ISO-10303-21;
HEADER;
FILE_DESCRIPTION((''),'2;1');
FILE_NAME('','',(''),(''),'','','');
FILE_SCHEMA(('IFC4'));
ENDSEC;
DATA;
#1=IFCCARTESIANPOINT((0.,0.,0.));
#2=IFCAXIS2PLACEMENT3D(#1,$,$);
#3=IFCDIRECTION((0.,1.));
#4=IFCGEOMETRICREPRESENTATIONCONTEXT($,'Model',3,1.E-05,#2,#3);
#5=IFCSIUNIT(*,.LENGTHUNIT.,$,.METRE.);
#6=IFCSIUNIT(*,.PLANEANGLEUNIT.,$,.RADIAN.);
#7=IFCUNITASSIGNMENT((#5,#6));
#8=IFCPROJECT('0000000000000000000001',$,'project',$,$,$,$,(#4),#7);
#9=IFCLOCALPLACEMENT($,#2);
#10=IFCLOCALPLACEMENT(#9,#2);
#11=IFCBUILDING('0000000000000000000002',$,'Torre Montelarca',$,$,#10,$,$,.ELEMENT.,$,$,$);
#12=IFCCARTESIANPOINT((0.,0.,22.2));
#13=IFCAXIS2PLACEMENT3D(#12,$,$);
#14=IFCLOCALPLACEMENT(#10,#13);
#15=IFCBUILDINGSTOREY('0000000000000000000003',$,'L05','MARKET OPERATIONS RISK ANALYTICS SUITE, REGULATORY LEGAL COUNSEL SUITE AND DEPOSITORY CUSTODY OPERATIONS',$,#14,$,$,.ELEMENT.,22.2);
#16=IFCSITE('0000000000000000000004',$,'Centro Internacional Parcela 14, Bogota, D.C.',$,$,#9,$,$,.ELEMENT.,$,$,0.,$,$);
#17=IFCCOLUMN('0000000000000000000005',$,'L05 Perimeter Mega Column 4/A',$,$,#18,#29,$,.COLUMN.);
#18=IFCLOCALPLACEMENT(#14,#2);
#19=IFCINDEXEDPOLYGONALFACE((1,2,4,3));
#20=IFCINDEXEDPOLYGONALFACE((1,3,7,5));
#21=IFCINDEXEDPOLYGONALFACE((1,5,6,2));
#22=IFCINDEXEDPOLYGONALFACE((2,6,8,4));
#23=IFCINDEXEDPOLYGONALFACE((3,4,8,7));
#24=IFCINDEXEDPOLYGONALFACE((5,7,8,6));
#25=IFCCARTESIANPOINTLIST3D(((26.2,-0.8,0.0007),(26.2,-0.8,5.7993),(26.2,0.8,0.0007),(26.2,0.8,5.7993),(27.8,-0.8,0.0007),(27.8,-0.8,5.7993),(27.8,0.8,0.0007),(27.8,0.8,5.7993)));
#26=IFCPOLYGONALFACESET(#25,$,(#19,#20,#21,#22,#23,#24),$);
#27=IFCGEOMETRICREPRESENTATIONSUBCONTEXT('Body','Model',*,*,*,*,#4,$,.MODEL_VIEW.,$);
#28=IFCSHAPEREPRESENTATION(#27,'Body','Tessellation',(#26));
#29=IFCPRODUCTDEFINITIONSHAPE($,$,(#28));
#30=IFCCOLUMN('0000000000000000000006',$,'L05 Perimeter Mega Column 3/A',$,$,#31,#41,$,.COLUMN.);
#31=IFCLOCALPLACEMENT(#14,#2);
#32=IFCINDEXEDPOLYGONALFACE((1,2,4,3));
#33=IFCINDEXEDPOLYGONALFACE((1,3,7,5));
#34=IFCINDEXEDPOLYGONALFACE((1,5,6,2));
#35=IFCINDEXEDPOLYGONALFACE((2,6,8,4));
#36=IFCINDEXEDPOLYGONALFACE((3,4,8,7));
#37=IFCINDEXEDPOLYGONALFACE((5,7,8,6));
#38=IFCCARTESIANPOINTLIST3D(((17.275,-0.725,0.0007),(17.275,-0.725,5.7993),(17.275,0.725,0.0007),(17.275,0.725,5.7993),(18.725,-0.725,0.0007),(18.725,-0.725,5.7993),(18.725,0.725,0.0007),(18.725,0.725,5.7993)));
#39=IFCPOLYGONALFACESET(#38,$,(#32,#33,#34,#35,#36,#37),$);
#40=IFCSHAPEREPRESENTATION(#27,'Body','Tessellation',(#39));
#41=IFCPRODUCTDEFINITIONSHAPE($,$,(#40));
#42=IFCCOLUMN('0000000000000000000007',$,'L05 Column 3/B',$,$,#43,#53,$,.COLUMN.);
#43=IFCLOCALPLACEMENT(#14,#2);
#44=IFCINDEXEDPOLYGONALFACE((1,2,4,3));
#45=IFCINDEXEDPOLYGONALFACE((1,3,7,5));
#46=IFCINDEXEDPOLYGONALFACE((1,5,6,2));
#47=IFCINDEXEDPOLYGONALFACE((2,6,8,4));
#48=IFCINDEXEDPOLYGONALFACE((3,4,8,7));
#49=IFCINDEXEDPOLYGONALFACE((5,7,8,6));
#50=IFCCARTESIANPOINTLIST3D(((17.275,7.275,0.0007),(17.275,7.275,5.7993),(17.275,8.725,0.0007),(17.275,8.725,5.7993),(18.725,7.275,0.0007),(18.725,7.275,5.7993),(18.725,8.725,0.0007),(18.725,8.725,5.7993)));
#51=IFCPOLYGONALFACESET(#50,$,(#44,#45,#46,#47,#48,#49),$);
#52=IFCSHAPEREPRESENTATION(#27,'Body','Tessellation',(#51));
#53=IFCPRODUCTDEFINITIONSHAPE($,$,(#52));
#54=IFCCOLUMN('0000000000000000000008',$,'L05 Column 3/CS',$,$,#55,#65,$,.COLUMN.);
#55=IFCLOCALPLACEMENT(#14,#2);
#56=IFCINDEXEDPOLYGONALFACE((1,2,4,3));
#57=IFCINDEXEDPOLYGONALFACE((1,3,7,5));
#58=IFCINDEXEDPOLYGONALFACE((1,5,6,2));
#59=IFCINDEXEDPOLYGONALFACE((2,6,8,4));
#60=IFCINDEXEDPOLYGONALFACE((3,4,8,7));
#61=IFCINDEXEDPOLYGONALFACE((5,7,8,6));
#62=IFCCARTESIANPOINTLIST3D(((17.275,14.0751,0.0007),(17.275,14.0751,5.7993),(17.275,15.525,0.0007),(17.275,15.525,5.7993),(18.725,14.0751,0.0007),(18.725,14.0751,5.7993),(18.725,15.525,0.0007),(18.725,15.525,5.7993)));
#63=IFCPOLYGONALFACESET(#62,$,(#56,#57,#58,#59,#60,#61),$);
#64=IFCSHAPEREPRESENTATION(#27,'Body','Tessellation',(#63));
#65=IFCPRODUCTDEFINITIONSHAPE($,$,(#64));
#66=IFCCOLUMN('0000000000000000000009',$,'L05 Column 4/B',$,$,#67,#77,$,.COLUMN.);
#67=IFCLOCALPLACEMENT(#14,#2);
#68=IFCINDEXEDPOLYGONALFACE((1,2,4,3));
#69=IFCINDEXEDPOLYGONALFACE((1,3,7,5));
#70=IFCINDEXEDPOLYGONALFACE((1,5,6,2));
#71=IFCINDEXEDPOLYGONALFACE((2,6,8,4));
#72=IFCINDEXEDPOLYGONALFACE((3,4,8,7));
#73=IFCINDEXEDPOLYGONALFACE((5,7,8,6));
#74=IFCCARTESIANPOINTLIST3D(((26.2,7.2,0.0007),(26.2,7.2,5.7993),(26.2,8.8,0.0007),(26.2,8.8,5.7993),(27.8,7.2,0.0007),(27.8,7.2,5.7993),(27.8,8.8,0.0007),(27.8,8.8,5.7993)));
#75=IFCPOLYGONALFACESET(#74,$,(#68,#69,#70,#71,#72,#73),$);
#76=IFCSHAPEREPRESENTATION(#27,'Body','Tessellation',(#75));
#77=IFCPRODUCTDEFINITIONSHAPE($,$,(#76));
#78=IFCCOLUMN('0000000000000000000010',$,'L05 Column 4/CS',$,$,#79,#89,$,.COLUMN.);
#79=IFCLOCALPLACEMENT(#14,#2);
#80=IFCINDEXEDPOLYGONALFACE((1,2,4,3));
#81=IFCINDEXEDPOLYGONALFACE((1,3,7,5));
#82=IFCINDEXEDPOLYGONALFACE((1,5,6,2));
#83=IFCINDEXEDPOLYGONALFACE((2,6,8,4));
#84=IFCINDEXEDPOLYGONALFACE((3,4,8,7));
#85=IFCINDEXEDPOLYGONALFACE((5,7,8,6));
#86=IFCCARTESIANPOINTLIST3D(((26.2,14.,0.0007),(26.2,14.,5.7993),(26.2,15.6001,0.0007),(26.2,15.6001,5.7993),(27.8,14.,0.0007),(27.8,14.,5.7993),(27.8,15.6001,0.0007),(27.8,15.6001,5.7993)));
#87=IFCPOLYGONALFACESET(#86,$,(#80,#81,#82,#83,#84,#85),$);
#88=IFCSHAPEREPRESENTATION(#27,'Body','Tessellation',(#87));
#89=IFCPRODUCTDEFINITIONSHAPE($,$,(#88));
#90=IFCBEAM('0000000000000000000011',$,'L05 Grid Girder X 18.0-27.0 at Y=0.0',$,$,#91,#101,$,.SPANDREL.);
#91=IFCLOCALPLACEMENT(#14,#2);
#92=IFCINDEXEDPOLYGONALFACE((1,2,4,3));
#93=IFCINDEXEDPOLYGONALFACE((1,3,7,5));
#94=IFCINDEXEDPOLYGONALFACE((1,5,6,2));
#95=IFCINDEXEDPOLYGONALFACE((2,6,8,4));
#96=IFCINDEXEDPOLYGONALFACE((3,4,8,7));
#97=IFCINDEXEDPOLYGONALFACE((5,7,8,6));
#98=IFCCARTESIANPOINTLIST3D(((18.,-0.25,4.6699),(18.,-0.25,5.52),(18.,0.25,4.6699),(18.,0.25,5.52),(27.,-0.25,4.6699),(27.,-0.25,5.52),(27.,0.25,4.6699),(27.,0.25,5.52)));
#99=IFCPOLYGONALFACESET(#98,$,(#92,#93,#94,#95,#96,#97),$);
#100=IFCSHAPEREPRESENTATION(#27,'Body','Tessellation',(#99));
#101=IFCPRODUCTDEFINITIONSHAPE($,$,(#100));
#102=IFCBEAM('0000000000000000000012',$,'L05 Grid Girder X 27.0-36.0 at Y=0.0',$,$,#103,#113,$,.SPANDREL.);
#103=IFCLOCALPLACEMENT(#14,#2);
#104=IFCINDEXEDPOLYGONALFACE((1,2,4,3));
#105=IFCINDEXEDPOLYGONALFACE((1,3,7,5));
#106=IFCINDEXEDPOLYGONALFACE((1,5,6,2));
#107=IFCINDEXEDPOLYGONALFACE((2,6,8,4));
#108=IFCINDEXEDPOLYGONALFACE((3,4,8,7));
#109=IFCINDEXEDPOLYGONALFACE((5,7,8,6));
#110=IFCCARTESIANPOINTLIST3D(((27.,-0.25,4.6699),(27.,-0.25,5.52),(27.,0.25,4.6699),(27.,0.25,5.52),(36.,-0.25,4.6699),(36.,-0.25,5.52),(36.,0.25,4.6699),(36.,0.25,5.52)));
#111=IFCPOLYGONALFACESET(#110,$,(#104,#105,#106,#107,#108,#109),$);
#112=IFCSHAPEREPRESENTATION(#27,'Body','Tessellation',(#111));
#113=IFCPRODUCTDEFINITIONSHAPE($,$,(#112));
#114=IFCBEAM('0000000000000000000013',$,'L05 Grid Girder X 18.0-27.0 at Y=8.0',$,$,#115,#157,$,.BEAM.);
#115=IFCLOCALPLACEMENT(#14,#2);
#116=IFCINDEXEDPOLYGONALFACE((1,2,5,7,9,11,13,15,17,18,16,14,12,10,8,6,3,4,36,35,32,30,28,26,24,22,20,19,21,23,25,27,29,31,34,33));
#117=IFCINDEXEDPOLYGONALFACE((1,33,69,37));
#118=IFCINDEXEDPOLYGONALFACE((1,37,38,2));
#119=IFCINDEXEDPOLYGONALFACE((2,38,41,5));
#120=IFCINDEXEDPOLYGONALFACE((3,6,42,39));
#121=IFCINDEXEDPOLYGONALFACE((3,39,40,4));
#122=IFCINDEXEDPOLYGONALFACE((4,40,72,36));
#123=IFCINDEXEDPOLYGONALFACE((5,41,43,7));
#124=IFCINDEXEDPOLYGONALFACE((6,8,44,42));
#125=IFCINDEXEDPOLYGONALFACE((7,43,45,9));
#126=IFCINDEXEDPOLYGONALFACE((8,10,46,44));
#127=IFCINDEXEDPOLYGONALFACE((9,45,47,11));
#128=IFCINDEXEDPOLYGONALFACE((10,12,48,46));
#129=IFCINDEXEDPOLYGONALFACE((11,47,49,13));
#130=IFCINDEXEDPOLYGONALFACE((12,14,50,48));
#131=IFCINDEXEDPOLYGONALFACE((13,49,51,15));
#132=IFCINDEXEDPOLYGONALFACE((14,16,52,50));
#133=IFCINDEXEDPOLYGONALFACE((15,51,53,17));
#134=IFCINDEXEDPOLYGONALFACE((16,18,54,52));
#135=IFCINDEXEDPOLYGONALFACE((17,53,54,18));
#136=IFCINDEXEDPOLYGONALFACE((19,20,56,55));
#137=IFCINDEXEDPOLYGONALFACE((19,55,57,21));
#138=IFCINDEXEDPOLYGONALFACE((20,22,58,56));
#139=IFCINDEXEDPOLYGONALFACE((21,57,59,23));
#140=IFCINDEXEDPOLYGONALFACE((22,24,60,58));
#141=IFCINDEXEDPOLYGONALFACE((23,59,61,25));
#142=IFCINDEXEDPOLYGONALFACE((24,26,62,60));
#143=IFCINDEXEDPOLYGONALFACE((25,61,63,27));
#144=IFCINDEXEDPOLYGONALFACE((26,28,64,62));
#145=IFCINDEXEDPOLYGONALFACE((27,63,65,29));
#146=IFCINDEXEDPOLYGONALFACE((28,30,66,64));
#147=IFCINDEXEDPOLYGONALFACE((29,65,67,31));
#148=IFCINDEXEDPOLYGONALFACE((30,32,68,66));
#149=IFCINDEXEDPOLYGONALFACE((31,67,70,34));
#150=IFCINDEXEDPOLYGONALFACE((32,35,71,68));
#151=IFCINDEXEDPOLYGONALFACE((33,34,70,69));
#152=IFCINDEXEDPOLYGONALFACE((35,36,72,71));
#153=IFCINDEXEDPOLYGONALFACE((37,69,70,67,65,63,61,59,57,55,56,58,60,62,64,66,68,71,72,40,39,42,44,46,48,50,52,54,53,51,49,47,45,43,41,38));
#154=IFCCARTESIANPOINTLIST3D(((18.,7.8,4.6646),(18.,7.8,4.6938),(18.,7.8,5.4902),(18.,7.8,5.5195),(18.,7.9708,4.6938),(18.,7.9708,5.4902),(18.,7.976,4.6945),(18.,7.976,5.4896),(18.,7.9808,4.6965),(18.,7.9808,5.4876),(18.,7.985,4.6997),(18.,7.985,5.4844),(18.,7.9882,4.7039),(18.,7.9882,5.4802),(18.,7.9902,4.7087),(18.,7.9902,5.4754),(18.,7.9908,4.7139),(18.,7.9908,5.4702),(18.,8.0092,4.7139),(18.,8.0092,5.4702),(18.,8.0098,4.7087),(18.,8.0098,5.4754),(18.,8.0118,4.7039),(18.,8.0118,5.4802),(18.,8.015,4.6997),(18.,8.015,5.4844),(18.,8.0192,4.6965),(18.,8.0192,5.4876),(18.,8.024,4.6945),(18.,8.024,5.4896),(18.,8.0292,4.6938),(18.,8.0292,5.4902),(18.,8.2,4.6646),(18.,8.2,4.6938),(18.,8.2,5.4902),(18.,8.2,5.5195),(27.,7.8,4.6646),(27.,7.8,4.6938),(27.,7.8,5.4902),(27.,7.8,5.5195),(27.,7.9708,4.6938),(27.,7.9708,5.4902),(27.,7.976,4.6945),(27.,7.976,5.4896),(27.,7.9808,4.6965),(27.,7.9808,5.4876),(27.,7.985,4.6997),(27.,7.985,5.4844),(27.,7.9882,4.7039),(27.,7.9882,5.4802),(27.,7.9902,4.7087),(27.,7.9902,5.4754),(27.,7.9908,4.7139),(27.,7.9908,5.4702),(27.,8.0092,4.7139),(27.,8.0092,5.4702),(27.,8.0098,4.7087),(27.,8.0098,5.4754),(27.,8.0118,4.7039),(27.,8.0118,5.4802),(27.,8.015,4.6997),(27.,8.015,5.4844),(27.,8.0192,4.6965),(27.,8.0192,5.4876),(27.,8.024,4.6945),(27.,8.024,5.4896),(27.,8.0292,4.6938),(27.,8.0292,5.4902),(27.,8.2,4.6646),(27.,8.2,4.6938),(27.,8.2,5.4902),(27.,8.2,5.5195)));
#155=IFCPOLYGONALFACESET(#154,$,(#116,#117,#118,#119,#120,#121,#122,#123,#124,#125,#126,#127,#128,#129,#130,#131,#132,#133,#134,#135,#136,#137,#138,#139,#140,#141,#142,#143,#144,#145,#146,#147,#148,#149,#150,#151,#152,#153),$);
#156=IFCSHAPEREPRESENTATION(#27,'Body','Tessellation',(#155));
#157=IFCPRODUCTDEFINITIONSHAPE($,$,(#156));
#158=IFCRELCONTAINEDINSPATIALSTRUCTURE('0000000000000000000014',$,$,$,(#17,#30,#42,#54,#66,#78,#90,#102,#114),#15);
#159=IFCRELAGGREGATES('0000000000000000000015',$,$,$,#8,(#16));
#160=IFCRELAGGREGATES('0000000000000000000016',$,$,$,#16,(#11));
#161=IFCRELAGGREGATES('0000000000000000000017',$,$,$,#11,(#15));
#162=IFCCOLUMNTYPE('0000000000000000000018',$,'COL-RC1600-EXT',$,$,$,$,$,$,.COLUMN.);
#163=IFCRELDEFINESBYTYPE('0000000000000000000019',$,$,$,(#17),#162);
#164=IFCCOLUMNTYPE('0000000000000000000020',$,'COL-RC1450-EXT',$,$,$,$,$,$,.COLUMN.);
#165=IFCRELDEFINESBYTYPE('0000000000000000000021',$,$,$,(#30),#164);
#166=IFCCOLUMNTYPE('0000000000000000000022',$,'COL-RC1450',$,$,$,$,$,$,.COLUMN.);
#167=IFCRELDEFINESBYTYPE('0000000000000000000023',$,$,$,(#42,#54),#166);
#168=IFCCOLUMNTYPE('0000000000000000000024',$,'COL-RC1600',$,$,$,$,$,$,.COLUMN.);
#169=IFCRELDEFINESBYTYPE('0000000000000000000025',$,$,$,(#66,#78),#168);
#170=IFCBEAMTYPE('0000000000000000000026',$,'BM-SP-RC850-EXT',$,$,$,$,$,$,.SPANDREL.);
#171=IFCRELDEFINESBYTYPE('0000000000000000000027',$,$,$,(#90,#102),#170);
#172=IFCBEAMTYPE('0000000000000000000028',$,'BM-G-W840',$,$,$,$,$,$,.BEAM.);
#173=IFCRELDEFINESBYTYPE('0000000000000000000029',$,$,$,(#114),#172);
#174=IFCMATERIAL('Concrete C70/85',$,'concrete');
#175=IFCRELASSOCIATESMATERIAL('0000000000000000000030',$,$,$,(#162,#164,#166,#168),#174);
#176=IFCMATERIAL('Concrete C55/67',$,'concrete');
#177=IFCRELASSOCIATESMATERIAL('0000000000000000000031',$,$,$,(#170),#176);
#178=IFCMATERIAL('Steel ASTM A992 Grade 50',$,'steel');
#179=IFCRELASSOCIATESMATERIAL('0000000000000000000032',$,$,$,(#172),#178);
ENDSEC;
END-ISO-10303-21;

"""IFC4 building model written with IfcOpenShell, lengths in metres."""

from ifc_helpers import new_model, si_unit, direction, frame, origin, origin_2d, place, context, subcontext, project, spatial, rectangle, i_section, extrude, source, transform, mapped, material, material_profile, profile_set, type_object, element, save


model = new_model("IFC4")

# Units and contexts
model_context = context("Model", 3, precision=1e-05, world=origin(), true_north=direction((0.0, 1.0)))
body_context = subcontext(model_context, "Body", "Model", "MODEL_VIEW")
ifc_project = project(units=[si_unit("LENGTHUNIT", "METRE"), si_unit("PLANEANGLEUNIT", "RADIAN")], contexts=[model_context])

# Site, building, storey
site_placement = place(None, origin())
site = spatial("IfcSite", under=ifc_project, at=site_placement, Name="Centro Internacional Parcela 14, Bogota, D.C.", CompositionType="ELEMENT", RefElevation=0.0)
building_placement = place(site_placement, origin())
building = spatial("IfcBuilding", under=site, at=building_placement, Name="Torre Montelarca", CompositionType="ELEMENT")
storey_placement = place(building_placement, frame((0.0, 0.0, 22.2)))
storey = spatial("IfcBuildingStorey", under=building, at=storey_placement, Name="L05", Description="MARKET OPERATIONS RISK ANALYTICS SUITE, REGULATORY LEGAL COUNSEL SUITE AND DEPOSITORY CUSTODY OPERATIONS", CompositionType="ELEMENT", Elevation=22.2)

# Columns
ifc_material_1 = material(Name="Concrete C70/85", Category="concrete")
ifc_material_profile_1 = material_profile(ifc_material_1, rectangle(XDim=1.6001, YDim=1.6001, at=origin_2d()), Name="RC1600X1600", Category="concrete")
ifc_profile_set_1 = profile_set([ifc_material_profile_1], Name="Concrete C70/85")
column_type_1 = type_object("IfcColumnType", Name="COL-RC1600-EXT", PredefinedType="COLUMN", material=ifc_profile_set_1)
shared_shape_1 = source(origin(), body_context, "Body", "SweptSolid", [
    extrude(rectangle(XDim=1.6001, YDim=1.6001, at=origin_2d()), origin(), (0.0, 0.0, 1.0), 5.7986),
])
column_1_placement = place(storey_placement, frame((27.0, 0.0, 0.0007), z_axis=(0.0, 0.0, 1.0), x_axis=(1.0, 0.0, 0.0)))
element("IfcColumn", 1, at=column_1_placement, inside=storey, type_object=column_type_1, Name="L05 Perimeter Mega Column 4/A", PredefinedType="COLUMN", context=body_context, shape_type="MappedRepresentation", body=[
    mapped(shared_shape_1, transform((0.0, 0.0, 0.0), scale=1.0)),
])
ifc_material_profile_2 = material_profile(ifc_material_1, rectangle(XDim=1.45, YDim=1.45, at=origin_2d()), Name="RC1450X1450", Category="concrete")
ifc_profile_set_2 = profile_set([ifc_material_profile_2], Name="Concrete C70/85")
column_type_2 = type_object("IfcColumnType", Name="COL-RC1450-EXT", PredefinedType="COLUMN", material=ifc_profile_set_2)
shared_shape_2 = source(origin(), body_context, "Body", "SweptSolid", [
    extrude(rectangle(XDim=1.45, YDim=1.45, at=origin_2d()), origin(), (0.0, 0.0, 1.0), 5.7986),
])
column_2_placement = place(storey_placement, frame((18.0, 0.0, 0.0007), z_axis=(0.0, 0.0, 1.0), x_axis=(1.0, 0.0, 0.0)))
element("IfcColumn", 2, at=column_2_placement, inside=storey, type_object=column_type_2, Name="L05 Perimeter Mega Column 3/A", PredefinedType="COLUMN", context=body_context, shape_type="MappedRepresentation", body=[
    mapped(shared_shape_2, transform((0.0, 0.0, 0.0), scale=1.0)),
])
ifc_material_profile_3 = material_profile(ifc_material_1, rectangle(XDim=1.45, YDim=1.45, at=origin_2d()), Name="RC1450X1450", Category="concrete")
ifc_profile_set_3 = profile_set([ifc_material_profile_3], Name="Concrete C70/85")
column_type_3 = type_object("IfcColumnType", Name="COL-RC1450", PredefinedType="COLUMN", material=ifc_profile_set_3)
shared_shape_3 = source(origin(), body_context, "Body", "SweptSolid", [
    extrude(rectangle(XDim=1.45, YDim=1.45, at=origin_2d()), origin(), (0.0, 0.0, 1.0), 5.7986),
])
for number, where, z_axis, x_axis, name in (
    (3, (18.0, 8.0, 0.0007), (0.0, 0.0, 1.0), (1.0, 0.0, 0.0), "L05 Column 3/B"),
    (4, (18.0, 14.8, 0.0007), (0.0, 0.0, 1.0), (1.0, 0.0, 0.0), "L05 Column 3/CS"),
):
    element("IfcColumn", number, at=place(storey_placement, frame(where, z_axis=z_axis, x_axis=x_axis)), inside=storey, type_object=column_type_3, Name=name, PredefinedType="COLUMN", context=body_context, shape_type="MappedRepresentation", body=[
        mapped(shared_shape_3, transform((0.0, 0.0, 0.0), scale=1.0)),
    ])
ifc_material_profile_4 = material_profile(ifc_material_1, rectangle(XDim=1.6001, YDim=1.6001, at=origin_2d()), Name="RC1600X1600", Category="concrete")
ifc_profile_set_4 = profile_set([ifc_material_profile_4], Name="Concrete C70/85")
column_type_4 = type_object("IfcColumnType", Name="COL-RC1600", PredefinedType="COLUMN", material=ifc_profile_set_4)
shared_shape_4 = source(origin(), body_context, "Body", "SweptSolid", [
    extrude(rectangle(XDim=1.6001, YDim=1.6001, at=origin_2d()), origin(), (0.0, 0.0, 1.0), 5.7986),
])
for number, where, z_axis, x_axis, name in (
    (5, (27.0, 8.0, 0.0007), (0.0, 0.0, 1.0), (1.0, 0.0, 0.0), "L05 Column 4/B"),
    (6, (27.0, 14.8, 0.0007), (0.0, 0.0, 1.0), (1.0, 0.0, 0.0), "L05 Column 4/CS"),
):
    element("IfcColumn", number, at=place(storey_placement, frame(where, z_axis=z_axis, x_axis=x_axis)), inside=storey, type_object=column_type_4, Name=name, PredefinedType="COLUMN", context=body_context, shape_type="MappedRepresentation", body=[
        mapped(shared_shape_4, transform((0.0, 0.0, 0.0), scale=1.0)),
    ])

# Beams
ifc_material_2 = material(Name="Concrete C55/67", Category="concrete")
ifc_material_profile_5 = material_profile(ifc_material_2, rectangle(XDim=0.5, YDim=0.8501, at=origin_2d()), Name="RCB500X850", Category="concrete")
ifc_profile_set_5 = profile_set([ifc_material_profile_5], Name="Concrete C55/67")
beam_type_1 = type_object("IfcBeamType", Name="BM-SP-RC850-EXT", PredefinedType="SPANDREL", material=ifc_profile_set_5)
shared_shape_5 = source(origin(), body_context, "Body", "SweptSolid", [
    extrude(rectangle(XDim=0.5, YDim=0.8501, at=origin_2d()), origin(), (0.0, 0.0, 1.0), 9.0),
])
for number, where, z_axis, x_axis, name in (
    (7, (18.0, 0.0, 5.095), (1.0, 0.0, 0.0), (0.0, 1.0, 0.0), "L05 Grid Girder X 18.0-27.0 at Y=0.0"),
    (8, (27.0, 0.0, 5.095), (1.0, 0.0, 0.0), (0.0, 1.0, 0.0), "L05 Grid Girder X 27.0-36.0 at Y=0.0"),
):
    element("IfcBeam", number, at=place(storey_placement, frame(where, z_axis=z_axis, x_axis=x_axis)), inside=storey, type_object=beam_type_1, Name=name, PredefinedType="SPANDREL", context=body_context, shape_type="MappedRepresentation", body=[
        mapped(shared_shape_5, transform((0.0, 0.0, 0.0), scale=1.0)),
    ])
ifc_material_3 = material(Name="Steel ASTM A992 Grade 50", Category="steel")
ifc_material_profile_6 = material_profile(ifc_material_3, i_section(OverallWidth=0.3999, OverallDepth=0.855, WebThickness=0.0183, FlangeThickness=0.0293, FilletRadius=0.02, at=origin_2d()), Name="W840X299", Category="steel")
ifc_profile_set_6 = profile_set([ifc_material_profile_6], Name="Steel ASTM A992 Grade 50")
beam_type_2 = type_object("IfcBeamType", Name="BM-G-W840", PredefinedType="BEAM", material=ifc_profile_set_6)
shared_shape_6 = source(origin(), body_context, "Body", "SweptSolid", [
    extrude(i_section(OverallWidth=0.3999, OverallDepth=0.855, WebThickness=0.0183, FlangeThickness=0.0293, FilletRadius=0.02, at=origin_2d()), origin(), (0.0, 0.0, 1.0), 9.0),
])
for number, where, z_axis, x_axis, name in (
    (9, (18.0, 8.0, 5.092), (1.0, 0.0, 0.0), (0.0, 1.0, 0.0), "L05 Grid Girder X 18.0-27.0 at Y=8.0"),
):
    element("IfcBeam", number, at=place(storey_placement, frame(where, z_axis=z_axis, x_axis=x_axis)), inside=storey, type_object=beam_type_2, Name=name, PredefinedType="BEAM", context=body_context, shape_type="MappedRepresentation", body=[
        mapped(shared_shape_6, transform((0.0, 0.0, 0.0), scale=1.0)),
    ])

save(model, "model.ifc")
